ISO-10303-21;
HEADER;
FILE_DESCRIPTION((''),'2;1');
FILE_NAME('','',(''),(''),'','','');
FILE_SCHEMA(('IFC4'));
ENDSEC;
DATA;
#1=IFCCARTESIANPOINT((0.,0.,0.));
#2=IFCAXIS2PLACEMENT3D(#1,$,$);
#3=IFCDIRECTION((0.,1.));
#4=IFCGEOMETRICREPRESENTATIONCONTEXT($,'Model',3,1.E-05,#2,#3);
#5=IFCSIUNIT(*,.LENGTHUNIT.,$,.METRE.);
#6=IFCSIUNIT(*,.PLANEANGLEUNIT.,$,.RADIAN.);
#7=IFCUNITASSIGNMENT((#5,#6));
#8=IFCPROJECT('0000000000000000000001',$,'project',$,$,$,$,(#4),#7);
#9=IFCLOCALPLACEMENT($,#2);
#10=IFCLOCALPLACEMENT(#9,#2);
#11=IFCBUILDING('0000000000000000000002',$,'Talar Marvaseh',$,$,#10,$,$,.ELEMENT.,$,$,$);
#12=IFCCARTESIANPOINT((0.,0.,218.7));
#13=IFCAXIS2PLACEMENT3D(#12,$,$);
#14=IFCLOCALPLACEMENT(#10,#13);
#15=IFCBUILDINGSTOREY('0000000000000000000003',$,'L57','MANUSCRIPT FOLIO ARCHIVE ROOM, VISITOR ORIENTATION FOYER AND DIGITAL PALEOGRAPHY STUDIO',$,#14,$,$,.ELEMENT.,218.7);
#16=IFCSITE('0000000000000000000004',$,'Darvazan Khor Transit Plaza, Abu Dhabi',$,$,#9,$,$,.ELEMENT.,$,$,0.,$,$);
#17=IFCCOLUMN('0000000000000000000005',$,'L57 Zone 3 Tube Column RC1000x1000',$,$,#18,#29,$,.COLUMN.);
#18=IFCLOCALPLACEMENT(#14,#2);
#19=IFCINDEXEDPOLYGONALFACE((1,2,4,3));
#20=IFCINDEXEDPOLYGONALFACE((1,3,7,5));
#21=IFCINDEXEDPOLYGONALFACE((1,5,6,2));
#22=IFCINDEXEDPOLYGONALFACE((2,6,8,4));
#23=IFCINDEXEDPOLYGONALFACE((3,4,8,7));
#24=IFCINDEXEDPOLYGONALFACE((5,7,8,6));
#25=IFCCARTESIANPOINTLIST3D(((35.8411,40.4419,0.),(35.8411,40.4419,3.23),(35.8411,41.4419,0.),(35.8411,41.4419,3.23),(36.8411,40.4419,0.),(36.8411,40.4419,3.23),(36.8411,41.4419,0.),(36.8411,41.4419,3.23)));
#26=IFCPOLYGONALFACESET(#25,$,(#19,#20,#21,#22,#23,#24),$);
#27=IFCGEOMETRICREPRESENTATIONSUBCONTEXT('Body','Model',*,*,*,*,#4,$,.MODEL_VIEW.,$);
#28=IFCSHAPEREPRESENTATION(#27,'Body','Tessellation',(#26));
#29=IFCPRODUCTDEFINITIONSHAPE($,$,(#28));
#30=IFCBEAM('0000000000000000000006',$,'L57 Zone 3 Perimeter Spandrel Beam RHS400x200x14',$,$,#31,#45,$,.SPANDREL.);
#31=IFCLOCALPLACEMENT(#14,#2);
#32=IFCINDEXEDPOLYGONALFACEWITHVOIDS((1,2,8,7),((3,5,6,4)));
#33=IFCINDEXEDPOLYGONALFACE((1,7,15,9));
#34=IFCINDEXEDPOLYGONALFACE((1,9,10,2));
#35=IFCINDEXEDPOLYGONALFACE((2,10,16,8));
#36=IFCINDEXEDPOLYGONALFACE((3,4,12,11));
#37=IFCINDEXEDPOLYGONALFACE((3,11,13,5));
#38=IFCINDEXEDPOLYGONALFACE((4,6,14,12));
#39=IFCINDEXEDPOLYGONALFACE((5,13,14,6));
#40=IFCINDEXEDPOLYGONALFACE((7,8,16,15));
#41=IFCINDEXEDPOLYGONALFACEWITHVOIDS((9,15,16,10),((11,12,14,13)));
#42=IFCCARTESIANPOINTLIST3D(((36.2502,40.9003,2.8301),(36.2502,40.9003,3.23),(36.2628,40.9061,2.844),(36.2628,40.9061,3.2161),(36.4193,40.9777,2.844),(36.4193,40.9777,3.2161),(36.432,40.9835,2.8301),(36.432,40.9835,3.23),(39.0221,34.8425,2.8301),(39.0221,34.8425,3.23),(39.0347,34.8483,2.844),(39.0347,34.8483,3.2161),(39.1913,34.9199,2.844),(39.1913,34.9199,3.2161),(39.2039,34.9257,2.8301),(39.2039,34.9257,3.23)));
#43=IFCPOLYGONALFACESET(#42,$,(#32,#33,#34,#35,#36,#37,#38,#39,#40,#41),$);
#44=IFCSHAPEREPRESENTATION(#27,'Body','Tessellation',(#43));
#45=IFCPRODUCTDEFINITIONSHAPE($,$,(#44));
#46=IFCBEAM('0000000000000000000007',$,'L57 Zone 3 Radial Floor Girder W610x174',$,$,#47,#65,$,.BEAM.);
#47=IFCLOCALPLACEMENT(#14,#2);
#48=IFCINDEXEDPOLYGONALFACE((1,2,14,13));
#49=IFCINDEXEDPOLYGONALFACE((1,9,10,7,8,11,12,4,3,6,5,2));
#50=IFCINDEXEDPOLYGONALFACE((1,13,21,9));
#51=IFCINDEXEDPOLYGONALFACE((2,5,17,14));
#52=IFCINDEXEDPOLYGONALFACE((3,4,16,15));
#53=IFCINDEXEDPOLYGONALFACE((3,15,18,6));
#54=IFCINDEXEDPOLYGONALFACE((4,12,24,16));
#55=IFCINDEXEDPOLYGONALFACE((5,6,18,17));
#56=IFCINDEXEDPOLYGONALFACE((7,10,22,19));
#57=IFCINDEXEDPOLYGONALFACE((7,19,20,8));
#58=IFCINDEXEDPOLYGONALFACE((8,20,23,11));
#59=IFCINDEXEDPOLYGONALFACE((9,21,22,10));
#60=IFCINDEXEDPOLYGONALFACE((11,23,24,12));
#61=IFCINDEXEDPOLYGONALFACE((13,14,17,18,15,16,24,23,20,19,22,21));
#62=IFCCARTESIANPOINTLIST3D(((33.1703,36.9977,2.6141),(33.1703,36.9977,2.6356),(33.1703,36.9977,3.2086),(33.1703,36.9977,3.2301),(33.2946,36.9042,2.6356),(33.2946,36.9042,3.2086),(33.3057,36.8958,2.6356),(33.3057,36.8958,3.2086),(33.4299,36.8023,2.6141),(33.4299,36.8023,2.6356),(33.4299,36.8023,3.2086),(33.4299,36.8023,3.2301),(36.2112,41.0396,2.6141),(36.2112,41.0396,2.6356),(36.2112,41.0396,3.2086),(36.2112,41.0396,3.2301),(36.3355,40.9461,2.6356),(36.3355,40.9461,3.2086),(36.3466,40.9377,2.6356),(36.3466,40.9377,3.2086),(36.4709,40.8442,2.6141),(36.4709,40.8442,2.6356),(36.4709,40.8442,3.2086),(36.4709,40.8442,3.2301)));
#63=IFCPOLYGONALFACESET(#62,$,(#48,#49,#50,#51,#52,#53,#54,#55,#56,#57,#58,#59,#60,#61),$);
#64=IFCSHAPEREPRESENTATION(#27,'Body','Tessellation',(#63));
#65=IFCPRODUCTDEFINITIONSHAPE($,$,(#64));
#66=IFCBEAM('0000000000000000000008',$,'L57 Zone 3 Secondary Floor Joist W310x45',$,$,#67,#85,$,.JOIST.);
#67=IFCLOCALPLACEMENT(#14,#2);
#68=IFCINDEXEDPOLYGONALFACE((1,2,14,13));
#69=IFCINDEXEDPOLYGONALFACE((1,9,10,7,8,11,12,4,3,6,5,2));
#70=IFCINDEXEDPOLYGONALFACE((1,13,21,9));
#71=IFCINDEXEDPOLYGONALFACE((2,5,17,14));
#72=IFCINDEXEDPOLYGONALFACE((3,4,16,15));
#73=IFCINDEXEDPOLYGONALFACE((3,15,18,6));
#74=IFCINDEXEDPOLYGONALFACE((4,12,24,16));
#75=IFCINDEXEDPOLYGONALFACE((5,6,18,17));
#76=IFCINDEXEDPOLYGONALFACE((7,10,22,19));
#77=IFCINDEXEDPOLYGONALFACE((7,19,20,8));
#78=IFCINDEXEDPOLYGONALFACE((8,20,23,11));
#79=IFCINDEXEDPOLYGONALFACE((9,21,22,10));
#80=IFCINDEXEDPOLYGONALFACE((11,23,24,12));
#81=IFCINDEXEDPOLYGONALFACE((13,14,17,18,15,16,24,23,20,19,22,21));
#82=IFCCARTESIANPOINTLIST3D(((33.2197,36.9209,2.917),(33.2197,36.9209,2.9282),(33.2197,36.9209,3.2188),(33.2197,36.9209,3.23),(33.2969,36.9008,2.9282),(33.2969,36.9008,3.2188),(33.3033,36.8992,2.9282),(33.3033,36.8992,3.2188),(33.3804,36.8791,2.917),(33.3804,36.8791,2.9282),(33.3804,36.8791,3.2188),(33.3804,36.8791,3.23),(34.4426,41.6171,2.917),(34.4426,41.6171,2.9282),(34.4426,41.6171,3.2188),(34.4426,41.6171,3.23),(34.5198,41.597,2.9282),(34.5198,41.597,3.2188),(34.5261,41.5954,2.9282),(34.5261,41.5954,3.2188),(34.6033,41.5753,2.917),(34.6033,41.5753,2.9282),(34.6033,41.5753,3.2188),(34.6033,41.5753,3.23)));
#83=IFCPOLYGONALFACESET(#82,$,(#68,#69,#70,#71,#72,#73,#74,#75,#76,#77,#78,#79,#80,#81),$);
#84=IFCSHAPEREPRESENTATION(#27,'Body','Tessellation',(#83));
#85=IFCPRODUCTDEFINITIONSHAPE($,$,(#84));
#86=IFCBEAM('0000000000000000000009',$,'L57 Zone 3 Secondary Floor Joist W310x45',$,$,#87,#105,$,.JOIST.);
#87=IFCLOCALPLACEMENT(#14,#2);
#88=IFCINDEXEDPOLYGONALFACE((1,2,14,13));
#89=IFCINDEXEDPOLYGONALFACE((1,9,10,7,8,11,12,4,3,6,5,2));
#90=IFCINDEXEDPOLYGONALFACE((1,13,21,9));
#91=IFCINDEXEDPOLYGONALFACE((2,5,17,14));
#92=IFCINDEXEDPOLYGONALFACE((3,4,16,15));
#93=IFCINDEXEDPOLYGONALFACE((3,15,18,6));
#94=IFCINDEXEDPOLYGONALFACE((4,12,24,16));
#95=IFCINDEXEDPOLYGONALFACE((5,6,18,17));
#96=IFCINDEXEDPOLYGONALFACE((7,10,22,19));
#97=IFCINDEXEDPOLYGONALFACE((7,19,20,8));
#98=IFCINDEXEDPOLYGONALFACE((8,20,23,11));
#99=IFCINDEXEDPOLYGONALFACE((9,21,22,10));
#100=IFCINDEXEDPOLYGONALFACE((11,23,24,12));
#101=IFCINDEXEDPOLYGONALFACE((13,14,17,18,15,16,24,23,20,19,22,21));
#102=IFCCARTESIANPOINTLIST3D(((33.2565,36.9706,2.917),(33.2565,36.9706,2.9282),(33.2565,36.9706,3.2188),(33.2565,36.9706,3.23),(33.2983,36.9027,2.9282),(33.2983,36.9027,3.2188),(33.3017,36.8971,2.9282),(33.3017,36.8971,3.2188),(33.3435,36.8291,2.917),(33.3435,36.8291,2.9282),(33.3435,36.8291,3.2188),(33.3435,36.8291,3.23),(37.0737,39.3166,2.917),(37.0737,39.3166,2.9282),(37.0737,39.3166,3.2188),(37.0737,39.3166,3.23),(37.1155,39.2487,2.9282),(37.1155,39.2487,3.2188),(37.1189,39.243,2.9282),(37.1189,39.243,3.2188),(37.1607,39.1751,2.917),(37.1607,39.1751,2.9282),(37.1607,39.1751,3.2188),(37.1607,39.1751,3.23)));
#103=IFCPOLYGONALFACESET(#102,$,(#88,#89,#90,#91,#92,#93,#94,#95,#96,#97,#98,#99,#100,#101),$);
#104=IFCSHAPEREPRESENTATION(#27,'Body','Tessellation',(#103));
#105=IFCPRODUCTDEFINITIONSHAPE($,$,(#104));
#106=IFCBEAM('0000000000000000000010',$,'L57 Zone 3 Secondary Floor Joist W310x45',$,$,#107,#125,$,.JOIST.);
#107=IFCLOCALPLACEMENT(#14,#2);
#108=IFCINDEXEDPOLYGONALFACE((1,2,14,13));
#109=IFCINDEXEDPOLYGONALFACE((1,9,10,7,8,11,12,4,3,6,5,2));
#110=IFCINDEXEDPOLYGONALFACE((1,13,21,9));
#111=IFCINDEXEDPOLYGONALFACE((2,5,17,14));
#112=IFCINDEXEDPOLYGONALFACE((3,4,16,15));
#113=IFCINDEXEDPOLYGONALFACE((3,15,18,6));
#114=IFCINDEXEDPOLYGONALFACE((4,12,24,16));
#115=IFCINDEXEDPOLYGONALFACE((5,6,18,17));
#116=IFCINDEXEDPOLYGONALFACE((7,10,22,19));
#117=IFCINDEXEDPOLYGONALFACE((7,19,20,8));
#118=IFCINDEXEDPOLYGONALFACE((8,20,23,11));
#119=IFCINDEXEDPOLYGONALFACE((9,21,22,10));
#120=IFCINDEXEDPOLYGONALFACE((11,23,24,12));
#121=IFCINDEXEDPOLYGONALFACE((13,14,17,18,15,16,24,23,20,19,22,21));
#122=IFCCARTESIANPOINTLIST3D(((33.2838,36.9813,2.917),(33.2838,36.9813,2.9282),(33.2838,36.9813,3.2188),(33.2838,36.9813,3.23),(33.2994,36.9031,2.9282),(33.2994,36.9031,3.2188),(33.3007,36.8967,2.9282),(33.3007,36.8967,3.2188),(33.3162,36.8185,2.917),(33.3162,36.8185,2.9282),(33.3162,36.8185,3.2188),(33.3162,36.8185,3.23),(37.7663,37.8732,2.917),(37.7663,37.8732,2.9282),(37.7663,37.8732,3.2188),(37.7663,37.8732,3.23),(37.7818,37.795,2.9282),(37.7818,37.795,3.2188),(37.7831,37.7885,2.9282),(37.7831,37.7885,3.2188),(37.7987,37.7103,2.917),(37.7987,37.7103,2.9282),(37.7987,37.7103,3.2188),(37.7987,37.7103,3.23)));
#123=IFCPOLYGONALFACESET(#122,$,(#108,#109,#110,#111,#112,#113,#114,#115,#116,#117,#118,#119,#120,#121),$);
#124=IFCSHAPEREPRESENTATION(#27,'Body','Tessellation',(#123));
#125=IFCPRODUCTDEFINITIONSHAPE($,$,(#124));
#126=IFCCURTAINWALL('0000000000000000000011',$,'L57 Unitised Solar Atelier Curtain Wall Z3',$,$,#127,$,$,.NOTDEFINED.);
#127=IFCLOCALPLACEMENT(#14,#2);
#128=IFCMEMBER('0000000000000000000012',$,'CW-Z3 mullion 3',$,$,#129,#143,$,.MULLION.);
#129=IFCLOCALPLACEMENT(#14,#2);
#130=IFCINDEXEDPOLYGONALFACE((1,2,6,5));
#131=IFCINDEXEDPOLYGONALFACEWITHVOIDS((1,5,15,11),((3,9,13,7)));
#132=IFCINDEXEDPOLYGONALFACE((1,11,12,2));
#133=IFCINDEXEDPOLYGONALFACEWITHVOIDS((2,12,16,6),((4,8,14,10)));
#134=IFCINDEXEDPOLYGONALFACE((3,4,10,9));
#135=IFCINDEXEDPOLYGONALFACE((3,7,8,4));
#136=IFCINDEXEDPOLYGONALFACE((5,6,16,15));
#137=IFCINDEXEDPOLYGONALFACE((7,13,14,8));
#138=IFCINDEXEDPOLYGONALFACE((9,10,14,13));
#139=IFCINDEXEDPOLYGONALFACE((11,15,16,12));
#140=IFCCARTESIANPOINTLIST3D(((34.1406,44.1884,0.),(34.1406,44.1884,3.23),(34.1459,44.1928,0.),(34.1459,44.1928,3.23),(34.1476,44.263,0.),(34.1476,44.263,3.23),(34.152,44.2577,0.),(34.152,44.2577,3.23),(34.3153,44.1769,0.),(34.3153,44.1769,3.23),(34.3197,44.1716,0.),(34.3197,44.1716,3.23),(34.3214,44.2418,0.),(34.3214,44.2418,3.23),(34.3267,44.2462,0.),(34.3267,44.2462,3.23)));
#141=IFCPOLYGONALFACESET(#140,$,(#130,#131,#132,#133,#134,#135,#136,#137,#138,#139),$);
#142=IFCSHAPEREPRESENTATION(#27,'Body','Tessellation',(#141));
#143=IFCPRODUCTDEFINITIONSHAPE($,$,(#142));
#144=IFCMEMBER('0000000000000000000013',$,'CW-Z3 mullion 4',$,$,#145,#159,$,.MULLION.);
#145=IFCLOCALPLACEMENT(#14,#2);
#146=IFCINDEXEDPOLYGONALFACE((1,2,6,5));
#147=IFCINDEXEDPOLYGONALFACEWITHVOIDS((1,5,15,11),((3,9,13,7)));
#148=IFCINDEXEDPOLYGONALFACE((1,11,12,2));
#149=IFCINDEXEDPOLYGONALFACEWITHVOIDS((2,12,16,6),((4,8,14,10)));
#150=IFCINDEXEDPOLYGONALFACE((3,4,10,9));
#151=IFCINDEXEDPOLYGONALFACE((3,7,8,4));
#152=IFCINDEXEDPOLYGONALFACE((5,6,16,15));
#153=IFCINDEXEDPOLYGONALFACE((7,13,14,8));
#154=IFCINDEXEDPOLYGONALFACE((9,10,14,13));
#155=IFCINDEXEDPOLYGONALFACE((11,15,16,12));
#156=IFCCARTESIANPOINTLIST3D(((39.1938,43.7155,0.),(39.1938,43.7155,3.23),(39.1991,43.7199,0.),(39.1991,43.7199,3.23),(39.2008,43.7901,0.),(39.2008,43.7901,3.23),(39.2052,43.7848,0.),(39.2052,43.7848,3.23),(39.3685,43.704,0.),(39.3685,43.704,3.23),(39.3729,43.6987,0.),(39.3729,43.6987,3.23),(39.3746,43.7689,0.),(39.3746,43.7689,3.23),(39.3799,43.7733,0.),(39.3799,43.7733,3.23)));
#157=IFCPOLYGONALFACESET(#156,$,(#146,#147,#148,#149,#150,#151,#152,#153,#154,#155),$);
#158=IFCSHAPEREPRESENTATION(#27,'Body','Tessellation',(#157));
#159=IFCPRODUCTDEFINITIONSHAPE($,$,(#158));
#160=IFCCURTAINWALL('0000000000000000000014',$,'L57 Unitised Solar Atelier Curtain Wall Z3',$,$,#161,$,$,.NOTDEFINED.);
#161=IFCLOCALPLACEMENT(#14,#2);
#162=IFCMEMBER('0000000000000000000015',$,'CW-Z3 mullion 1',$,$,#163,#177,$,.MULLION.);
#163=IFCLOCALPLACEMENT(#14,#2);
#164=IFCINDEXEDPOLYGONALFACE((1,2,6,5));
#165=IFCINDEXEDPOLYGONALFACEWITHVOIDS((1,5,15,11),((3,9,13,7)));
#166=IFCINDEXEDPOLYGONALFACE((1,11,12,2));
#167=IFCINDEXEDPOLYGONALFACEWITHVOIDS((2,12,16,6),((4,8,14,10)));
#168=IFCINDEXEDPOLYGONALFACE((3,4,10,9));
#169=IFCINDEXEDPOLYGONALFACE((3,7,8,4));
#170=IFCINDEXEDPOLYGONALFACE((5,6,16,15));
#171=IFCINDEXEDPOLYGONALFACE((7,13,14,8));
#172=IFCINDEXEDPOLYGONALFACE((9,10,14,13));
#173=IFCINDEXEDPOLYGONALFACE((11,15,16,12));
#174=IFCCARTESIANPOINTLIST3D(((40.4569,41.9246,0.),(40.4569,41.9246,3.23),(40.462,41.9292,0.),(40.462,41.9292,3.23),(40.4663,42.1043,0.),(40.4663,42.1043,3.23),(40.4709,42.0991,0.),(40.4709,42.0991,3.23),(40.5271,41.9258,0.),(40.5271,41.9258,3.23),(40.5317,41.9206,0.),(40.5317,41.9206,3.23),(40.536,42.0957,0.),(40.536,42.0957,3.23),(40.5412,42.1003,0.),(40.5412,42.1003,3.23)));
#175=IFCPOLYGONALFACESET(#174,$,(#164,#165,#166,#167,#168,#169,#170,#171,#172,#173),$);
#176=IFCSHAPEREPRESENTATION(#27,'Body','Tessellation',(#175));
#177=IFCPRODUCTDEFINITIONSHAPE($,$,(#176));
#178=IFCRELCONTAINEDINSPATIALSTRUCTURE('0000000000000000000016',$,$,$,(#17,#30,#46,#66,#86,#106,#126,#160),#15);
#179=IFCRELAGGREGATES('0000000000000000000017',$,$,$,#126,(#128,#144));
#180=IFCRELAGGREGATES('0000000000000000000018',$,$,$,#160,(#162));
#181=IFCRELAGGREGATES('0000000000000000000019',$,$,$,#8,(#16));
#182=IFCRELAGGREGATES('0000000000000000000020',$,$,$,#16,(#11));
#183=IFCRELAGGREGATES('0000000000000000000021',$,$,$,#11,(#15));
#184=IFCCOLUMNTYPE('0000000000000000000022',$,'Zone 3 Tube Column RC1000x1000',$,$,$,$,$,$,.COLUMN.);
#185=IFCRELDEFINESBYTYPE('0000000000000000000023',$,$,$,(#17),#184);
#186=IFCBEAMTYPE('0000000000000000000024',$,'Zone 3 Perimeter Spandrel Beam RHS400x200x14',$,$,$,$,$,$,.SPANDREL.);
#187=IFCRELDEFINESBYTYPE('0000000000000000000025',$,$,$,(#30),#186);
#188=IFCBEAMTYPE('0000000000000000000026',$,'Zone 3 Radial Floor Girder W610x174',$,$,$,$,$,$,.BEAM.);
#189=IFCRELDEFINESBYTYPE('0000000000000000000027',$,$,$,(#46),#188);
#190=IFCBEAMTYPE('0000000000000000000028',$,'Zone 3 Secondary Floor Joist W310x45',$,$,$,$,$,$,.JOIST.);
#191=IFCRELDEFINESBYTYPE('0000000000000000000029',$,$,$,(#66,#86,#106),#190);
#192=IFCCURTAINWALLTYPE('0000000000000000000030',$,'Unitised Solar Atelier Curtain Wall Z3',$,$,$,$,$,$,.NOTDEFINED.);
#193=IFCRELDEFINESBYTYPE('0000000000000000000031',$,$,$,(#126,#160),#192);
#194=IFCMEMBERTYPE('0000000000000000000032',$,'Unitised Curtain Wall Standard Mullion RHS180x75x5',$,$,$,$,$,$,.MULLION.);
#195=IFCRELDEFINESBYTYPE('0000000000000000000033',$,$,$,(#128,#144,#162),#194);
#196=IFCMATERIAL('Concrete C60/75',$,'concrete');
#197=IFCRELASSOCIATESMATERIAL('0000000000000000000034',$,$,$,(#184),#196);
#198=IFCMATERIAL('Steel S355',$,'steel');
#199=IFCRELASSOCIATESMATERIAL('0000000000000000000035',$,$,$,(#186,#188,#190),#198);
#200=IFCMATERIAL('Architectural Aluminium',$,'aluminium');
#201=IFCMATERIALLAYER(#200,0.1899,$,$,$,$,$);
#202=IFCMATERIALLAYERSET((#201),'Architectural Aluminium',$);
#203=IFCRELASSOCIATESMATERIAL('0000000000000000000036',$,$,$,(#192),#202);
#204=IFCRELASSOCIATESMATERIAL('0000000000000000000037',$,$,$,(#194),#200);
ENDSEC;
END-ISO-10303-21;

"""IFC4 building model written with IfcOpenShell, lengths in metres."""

from ifc_helpers import new_model, si_unit, direction, frame, origin, origin_2d, place, context, subcontext, project, spatial, rectangle, hollow_rectangle, i_section, extrude, source, transform, mapped, material, layer, layer_set, material_profile, profile_set, type_object, type_shapes, element, aggregate, save


model = new_model("IFC4")

# Units and contexts
model_context = context("Model", 3, precision=1e-05, world=origin(), true_north=direction((0.0, 1.0)))
body_context = subcontext(model_context, "Body", "Model", "MODEL_VIEW")
ifc_project = project(units=[si_unit("LENGTHUNIT", "METRE"), si_unit("PLANEANGLEUNIT", "RADIAN")], contexts=[model_context])

# Site, building, storey
site_placement = place(None, origin())
site = spatial("IfcSite", under=ifc_project, at=site_placement, Name="Darvazan Khor Transit Plaza, Abu Dhabi", CompositionType="ELEMENT", RefElevation=0.0)
building_placement = place(site_placement, origin())
building = spatial("IfcBuilding", under=site, at=building_placement, Name="Talar Marvaseh", CompositionType="ELEMENT")
storey_placement = place(building_placement, frame((0.0, 0.0, 218.7)))
storey = spatial("IfcBuildingStorey", under=building, at=storey_placement, Name="L57", Description="MANUSCRIPT FOLIO ARCHIVE ROOM, VISITOR ORIENTATION FOYER AND DIGITAL PALEOGRAPHY STUDIO", CompositionType="ELEMENT", Elevation=218.7)

# Column
ifc_material_1 = material(Name="Concrete C60/75", Category="concrete")
ifc_material_profile_1 = material_profile(ifc_material_1, rectangle(XDim=1.0, YDim=1.0, at=origin_2d()), Name="RC1000x1000")
ifc_profile_set_1 = profile_set([ifc_material_profile_1], Name="Concrete C60/75")
column_type = type_object("IfcColumnType", Name="Zone 3 Tube Column RC1000x1000", PredefinedType="COLUMN", material=ifc_profile_set_1)
column_placement = place(storey_placement, frame((36.3411, 40.9419, 0.0), z_axis=(0.0, 0.0, 1.0), x_axis=(1.0, 0.0, 0.0)))
element("IfcColumn", 1, at=column_placement, inside=storey, type_object=column_type, Name="L57 Zone 3 Tube Column RC1000x1000", PredefinedType="COLUMN", context=body_context, shape_type="SweptSolid", body=[
    extrude(rectangle(XDim=1.0, YDim=1.0, at=origin_2d()), origin(), (0.0, 0.0, 1.0), 3.23),
])

# Beams
ifc_material_2 = material(Name="Steel S355", Category="steel")
ifc_material_profile_2 = material_profile(ifc_material_2, hollow_rectangle(XDim=0.2, YDim=0.3999, WallThickness=0.0139, at=origin_2d()), Name="RHS400x200x14")
ifc_profile_set_2 = profile_set([ifc_material_profile_2], Name="Steel S355")
beam_type_1 = type_object("IfcBeamType", Name="Zone 3 Perimeter Spandrel Beam RHS400x200x14", PredefinedType="SPANDREL", material=ifc_profile_set_2)
beam_1_placement = place(storey_placement, frame((36.3411, 40.9419, 3.03), z_axis=(0.416091, -0.909323, 0.0), x_axis=(0.909323, 0.416091, 0.0)))
element("IfcBeam", 2, at=beam_1_placement, inside=storey, type_object=beam_type_1, Name="L57 Zone 3 Perimeter Spandrel Beam RHS400x200x14", PredefinedType="SPANDREL", context=body_context, shape_type="SweptSolid", body=[
    extrude(hollow_rectangle(XDim=0.2, YDim=0.3999, WallThickness=0.0139, at=origin_2d()), origin(), (0.0, 0.0, 1.0), 6.6619),
])
ifc_material_profile_3 = material_profile(ifc_material_2, i_section(OverallWidth=0.325, OverallDepth=0.616, WebThickness=0.0139, FlangeThickness=0.0215, at=origin_2d()), Name="W610x174")
ifc_profile_set_3 = profile_set([ifc_material_profile_3], Name="Steel S355")
beam_type_2 = type_object("IfcBeamType", Name="Zone 3 Radial Floor Girder W610x174", PredefinedType="BEAM", material=ifc_profile_set_3)
beam_2_placement = place(storey_placement, frame((36.3411, 40.9419, 2.9221), z_axis=(-0.601204, -0.799096, 0.0), x_axis=(0.799096, -0.601204, 0.0)))
element("IfcBeam", 3, at=beam_2_placement, inside=storey, type_object=beam_type_2, Name="L57 Zone 3 Radial Floor Girder W610x174", PredefinedType="BEAM", context=body_context, shape_type="SweptSolid", body=[
    extrude(i_section(OverallWidth=0.325, OverallDepth=0.616, WebThickness=0.0139, FlangeThickness=0.0215, at=origin_2d()), origin(), (0.0, 0.0, 1.0), 5.0581),
])
ifc_material_profile_4 = material_profile(ifc_material_2, i_section(OverallWidth=0.166, OverallDepth=0.313, WebThickness=0.0066, FlangeThickness=0.0112, at=origin_2d()), Name="W310x45")
ifc_profile_set_4 = profile_set([ifc_material_profile_4], Name="Steel S355")
beam_type_3 = type_object("IfcBeamType", Name="Zone 3 Secondary Floor Joist W310x45", PredefinedType="JOIST", material=ifc_profile_set_4)
beam_3_placement = place(storey_placement, frame((34.5229, 41.5962, 3.0735), z_axis=(-0.251994, -0.967729, 0.0), x_axis=(0.967729, -0.251994, 0.0)))
element("IfcBeam", 4, at=beam_3_placement, inside=storey, type_object=beam_type_3, Name="L57 Zone 3 Secondary Floor Joist W310x45", PredefinedType="JOIST", context=body_context, shape_type="SweptSolid", body=[
    extrude(i_section(OverallWidth=0.166, OverallDepth=0.313, WebThickness=0.0066, FlangeThickness=0.0112, at=origin_2d()), origin(), (0.0, 0.0, 1.0), 4.8528),
])
beam_4_placement = place(storey_placement, frame((37.1172, 39.2458, 3.0735), z_axis=(-0.851963, -0.523602, 0.0), x_axis=(0.523602, -0.851963, 0.0)))
element("IfcBeam", 5, at=beam_4_placement, inside=storey, type_object=beam_type_3, Name="L57 Zone 3 Secondary Floor Joist W310x45", PredefinedType="JOIST", context=body_context, shape_type="SweptSolid", body=[
    extrude(i_section(OverallWidth=0.166, OverallDepth=0.313, WebThickness=0.0066, FlangeThickness=0.0112, at=origin_2d()), origin(), (0.0, 0.0, 1.0), 4.4805),
])
beam_5_placement = place(storey_placement, frame((37.7825, 37.7917, 3.0735), z_axis=(-0.980775, -0.19514, 0.0), x_axis=(0.19514, -0.980775, 0.0)))
element("IfcBeam", 6, at=beam_5_placement, inside=storey, type_object=beam_type_3, Name="L57 Zone 3 Secondary Floor Joist W310x45", PredefinedType="JOIST", context=body_context, shape_type="SweptSolid", body=[
    extrude(i_section(OverallWidth=0.166, OverallDepth=0.313, WebThickness=0.0066, FlangeThickness=0.0112, at=origin_2d()), origin(), (0.0, 0.0, 1.0), 4.5703),
])

# Curtain walls, members
ifc_material_3 = material(Name="Architectural Aluminium", Category="aluminium")
ifc_layer_1 = layer(ifc_material_3, 0.1899)
ifc_layer_set_1 = layer_set([ifc_layer_1], Name="Architectural Aluminium")
curtain_wall_type = type_object("IfcCurtainWallType", Name="Unitised Solar Atelier Curtain Wall Z3", PredefinedType="NOTDEFINED", material=ifc_layer_set_1)
curtain_wall_1_placement = place(storey_placement, origin())
curtain_wall_1 = element("IfcCurtainWall", 7, at=curtain_wall_1_placement, inside=storey, type_object=curtain_wall_type, Name="L57 Unitised Solar Atelier Curtain Wall Z3", PredefinedType="NOTDEFINED")
ifc_material_profile_5 = material_profile(ifc_material_3, hollow_rectangle(XDim=0.075, YDim=0.1799, WallThickness=0.0049, at=origin_2d()), Name="RHS180x75x5")
ifc_profile_set_5 = profile_set([ifc_material_profile_5], Name="Architectural Aluminium")
member_type_1 = type_object("IfcMemberType", Name="Unitised Curtain Wall Standard Mullion RHS180x75x5", PredefinedType="MULLION", material=ifc_profile_set_5)
shared_shape_1 = source(origin(), body_context, "Body", "SweptSolid", [
    extrude(hollow_rectangle(XDim=0.075, YDim=0.1799, WallThickness=0.0049, at=origin_2d()), origin(), (0.0, 0.0, 1.0), 3.23),
])
type_shapes(member_type_1, [shared_shape_1])
member_1_placement = place(storey_placement, frame((34.2336, 44.2173, 0.0), z_axis=(0.0, 0.0, 1.0), x_axis=(0.093174, 0.99565, 0.0)))
member_1 = element("IfcMember", 8, at=member_1_placement, type_object=member_type_1, Name="CW-Z3 mullion 3", PredefinedType="MULLION", context=body_context, shape_type="MappedRepresentation", body=[
    mapped(shared_shape_1, transform((0.0, 0.0, 0.0), x_axis=(1.0, 0.0, 0.0), y_axis=(0.0, 1.0, 0.0), z_axis=(0.0, 0.0, 1.0), scale=1.0)),
])
member_2_placement = place(storey_placement, frame((39.2869, 43.7444, 0.0), z_axis=(0.0, 0.0, 1.0), x_axis=(0.093174, 0.99565, 0.0)))
member_2 = element("IfcMember", 9, at=member_2_placement, type_object=member_type_1, Name="CW-Z3 mullion 4", PredefinedType="MULLION", context=body_context, shape_type="MappedRepresentation", body=[
    mapped(shared_shape_1, transform((0.0, 0.0, 0.0), x_axis=(1.0, 0.0, 0.0), y_axis=(0.0, 1.0, 0.0), z_axis=(0.0, 0.0, 1.0), scale=1.0)),
])
curtain_wall_2_placement = place(storey_placement, origin())
curtain_wall_2 = element("IfcCurtainWall", 10, at=curtain_wall_2_placement, inside=storey, type_object=curtain_wall_type, Name="L57 Unitised Solar Atelier Curtain Wall Z3", PredefinedType="NOTDEFINED")
member_3_placement = place(storey_placement, frame((40.499, 42.0125, 0.0), z_axis=(0.0, 0.0, 1.0), x_axis=(0.998622, -0.052488, 0.0)))
member_3 = element("IfcMember", 11, at=member_3_placement, type_object=member_type_1, Name="CW-Z3 mullion 1", PredefinedType="MULLION", context=body_context, shape_type="MappedRepresentation", body=[
    mapped(shared_shape_1, transform((0.0, 0.0, 0.0), x_axis=(1.0, 0.0, 0.0), y_axis=(0.0, 1.0, 0.0), z_axis=(0.0, 0.0, 1.0), scale=1.0)),
])

aggregate(curtain_wall_1, [member_1, member_2])
aggregate(curtain_wall_2, [member_3])

save(model, "model.ifc")
